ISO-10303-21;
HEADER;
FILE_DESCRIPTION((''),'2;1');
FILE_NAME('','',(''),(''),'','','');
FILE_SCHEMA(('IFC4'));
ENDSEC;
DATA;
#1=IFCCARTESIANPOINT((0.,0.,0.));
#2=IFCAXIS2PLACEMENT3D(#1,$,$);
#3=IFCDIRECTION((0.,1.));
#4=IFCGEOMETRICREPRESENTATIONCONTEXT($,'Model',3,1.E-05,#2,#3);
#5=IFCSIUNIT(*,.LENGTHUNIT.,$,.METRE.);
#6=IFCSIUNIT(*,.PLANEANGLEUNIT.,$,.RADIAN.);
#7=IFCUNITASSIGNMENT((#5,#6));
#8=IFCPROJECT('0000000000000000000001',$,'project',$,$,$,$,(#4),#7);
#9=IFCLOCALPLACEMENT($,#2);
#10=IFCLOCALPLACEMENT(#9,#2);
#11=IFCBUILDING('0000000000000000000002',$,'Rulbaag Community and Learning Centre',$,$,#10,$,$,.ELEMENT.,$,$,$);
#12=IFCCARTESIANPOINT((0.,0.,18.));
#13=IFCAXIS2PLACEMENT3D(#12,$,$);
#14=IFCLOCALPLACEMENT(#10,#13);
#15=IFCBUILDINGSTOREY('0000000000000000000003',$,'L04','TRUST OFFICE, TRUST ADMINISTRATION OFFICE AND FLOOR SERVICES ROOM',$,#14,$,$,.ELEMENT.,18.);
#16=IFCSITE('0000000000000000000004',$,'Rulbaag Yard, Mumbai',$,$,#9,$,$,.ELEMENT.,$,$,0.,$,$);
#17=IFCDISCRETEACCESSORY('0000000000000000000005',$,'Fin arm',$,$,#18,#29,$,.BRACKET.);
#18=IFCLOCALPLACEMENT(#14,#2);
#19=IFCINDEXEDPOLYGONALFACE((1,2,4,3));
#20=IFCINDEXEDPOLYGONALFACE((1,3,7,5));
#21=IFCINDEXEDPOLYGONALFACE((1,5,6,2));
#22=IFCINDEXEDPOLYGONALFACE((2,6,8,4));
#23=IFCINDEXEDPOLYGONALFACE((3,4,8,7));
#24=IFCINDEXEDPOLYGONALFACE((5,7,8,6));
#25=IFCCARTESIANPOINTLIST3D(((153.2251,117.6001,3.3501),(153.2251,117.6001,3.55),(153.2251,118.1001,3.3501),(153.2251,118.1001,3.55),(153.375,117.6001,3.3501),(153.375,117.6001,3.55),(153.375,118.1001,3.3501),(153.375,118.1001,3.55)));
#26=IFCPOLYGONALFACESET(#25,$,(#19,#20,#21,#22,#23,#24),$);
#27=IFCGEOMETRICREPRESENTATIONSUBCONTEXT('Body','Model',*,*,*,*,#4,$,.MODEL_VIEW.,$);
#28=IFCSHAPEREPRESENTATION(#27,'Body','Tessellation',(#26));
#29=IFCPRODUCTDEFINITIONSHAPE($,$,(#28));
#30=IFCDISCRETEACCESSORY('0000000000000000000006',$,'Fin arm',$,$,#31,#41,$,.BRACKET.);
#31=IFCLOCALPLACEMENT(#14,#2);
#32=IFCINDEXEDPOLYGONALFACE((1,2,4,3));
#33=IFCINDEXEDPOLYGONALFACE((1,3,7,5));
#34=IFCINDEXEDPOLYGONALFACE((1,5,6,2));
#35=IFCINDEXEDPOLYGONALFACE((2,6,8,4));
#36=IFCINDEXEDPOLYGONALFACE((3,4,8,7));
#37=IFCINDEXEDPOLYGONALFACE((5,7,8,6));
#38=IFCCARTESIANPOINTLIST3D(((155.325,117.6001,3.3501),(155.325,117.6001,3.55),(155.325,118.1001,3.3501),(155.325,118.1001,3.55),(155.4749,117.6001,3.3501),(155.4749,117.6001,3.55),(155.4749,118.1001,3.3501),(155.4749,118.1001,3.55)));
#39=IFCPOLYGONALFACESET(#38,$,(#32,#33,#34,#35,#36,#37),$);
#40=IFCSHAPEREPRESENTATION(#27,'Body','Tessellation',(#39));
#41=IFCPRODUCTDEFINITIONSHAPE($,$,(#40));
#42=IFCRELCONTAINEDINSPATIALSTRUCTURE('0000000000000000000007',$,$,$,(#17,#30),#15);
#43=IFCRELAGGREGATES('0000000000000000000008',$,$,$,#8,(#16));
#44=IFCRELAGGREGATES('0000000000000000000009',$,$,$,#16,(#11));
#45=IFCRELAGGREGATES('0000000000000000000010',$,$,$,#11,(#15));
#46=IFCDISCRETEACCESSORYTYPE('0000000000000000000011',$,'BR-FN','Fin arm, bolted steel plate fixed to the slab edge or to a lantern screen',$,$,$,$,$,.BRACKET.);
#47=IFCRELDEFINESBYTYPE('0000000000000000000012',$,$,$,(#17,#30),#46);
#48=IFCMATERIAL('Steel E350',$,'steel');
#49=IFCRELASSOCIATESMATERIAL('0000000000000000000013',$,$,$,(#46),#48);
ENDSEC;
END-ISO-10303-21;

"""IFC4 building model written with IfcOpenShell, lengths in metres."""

from ifc_helpers import new_model, si_unit, direction, frame, origin, origin_2d, place, context, subcontext, project, spatial, rectangle, extrude, material, type_object, element, save


model = new_model("IFC4")

# Units and contexts
model_context = context("Model", 3, precision=1e-05, world=origin(), true_north=direction((0.0, 1.0)))
body_context = subcontext(model_context, "Body", "Model", "MODEL_VIEW")
ifc_project = project(units=[si_unit("LENGTHUNIT", "METRE"), si_unit("PLANEANGLEUNIT", "RADIAN")], contexts=[model_context])

# Site, building, storey
site_placement = place(None, origin())
site = spatial("IfcSite", under=ifc_project, at=site_placement, Name="Rulbaag Yard, Mumbai", CompositionType="ELEMENT", RefElevation=0.0)
building_placement = place(site_placement, origin())
building = spatial("IfcBuilding", under=site, at=building_placement, Name="Rulbaag Community and Learning Centre", CompositionType="ELEMENT")
storey_placement = place(building_placement, frame((0.0, 0.0, 18.0)))
storey = spatial("IfcBuildingStorey", under=building, at=storey_placement, Name="L04", Description="TRUST OFFICE, TRUST ADMINISTRATION OFFICE AND FLOOR SERVICES ROOM", CompositionType="ELEMENT", Elevation=18.0)

# Discrete accessories
ifc_material_1 = material(Name="Steel E350", Category="steel")
discrete_accessory_type = type_object("IfcDiscreteAccessoryType", Name="BR-FN", Description="Fin arm, bolted steel plate fixed to the slab edge or to a lantern screen", PredefinedType="BRACKET", material=ifc_material_1)
for number, where, z_axis, x_axis, name in (
    (1, (153.3, 117.8501, 3.3501), (0.0, 0.0, 1.0), (1.0, 0.0, 0.0), "Fin arm"),
    (2, (155.3999, 117.8501, 3.3501), (0.0, 0.0, 1.0), (1.0, 0.0, 0.0), "Fin arm"),
):
    element("IfcDiscreteAccessory", number, at=place(storey_placement, frame(where, z_axis=z_axis, x_axis=x_axis)), inside=storey, type_object=discrete_accessory_type, Name=name, PredefinedType="BRACKET", context=body_context, shape_type="SweptSolid", body=[
        extrude(rectangle(XDim=0.1499, YDim=0.5, at=origin_2d()), origin(), (0.0, 0.0, 1.0), 0.2),
    ])

save(model, "model.ifc")
